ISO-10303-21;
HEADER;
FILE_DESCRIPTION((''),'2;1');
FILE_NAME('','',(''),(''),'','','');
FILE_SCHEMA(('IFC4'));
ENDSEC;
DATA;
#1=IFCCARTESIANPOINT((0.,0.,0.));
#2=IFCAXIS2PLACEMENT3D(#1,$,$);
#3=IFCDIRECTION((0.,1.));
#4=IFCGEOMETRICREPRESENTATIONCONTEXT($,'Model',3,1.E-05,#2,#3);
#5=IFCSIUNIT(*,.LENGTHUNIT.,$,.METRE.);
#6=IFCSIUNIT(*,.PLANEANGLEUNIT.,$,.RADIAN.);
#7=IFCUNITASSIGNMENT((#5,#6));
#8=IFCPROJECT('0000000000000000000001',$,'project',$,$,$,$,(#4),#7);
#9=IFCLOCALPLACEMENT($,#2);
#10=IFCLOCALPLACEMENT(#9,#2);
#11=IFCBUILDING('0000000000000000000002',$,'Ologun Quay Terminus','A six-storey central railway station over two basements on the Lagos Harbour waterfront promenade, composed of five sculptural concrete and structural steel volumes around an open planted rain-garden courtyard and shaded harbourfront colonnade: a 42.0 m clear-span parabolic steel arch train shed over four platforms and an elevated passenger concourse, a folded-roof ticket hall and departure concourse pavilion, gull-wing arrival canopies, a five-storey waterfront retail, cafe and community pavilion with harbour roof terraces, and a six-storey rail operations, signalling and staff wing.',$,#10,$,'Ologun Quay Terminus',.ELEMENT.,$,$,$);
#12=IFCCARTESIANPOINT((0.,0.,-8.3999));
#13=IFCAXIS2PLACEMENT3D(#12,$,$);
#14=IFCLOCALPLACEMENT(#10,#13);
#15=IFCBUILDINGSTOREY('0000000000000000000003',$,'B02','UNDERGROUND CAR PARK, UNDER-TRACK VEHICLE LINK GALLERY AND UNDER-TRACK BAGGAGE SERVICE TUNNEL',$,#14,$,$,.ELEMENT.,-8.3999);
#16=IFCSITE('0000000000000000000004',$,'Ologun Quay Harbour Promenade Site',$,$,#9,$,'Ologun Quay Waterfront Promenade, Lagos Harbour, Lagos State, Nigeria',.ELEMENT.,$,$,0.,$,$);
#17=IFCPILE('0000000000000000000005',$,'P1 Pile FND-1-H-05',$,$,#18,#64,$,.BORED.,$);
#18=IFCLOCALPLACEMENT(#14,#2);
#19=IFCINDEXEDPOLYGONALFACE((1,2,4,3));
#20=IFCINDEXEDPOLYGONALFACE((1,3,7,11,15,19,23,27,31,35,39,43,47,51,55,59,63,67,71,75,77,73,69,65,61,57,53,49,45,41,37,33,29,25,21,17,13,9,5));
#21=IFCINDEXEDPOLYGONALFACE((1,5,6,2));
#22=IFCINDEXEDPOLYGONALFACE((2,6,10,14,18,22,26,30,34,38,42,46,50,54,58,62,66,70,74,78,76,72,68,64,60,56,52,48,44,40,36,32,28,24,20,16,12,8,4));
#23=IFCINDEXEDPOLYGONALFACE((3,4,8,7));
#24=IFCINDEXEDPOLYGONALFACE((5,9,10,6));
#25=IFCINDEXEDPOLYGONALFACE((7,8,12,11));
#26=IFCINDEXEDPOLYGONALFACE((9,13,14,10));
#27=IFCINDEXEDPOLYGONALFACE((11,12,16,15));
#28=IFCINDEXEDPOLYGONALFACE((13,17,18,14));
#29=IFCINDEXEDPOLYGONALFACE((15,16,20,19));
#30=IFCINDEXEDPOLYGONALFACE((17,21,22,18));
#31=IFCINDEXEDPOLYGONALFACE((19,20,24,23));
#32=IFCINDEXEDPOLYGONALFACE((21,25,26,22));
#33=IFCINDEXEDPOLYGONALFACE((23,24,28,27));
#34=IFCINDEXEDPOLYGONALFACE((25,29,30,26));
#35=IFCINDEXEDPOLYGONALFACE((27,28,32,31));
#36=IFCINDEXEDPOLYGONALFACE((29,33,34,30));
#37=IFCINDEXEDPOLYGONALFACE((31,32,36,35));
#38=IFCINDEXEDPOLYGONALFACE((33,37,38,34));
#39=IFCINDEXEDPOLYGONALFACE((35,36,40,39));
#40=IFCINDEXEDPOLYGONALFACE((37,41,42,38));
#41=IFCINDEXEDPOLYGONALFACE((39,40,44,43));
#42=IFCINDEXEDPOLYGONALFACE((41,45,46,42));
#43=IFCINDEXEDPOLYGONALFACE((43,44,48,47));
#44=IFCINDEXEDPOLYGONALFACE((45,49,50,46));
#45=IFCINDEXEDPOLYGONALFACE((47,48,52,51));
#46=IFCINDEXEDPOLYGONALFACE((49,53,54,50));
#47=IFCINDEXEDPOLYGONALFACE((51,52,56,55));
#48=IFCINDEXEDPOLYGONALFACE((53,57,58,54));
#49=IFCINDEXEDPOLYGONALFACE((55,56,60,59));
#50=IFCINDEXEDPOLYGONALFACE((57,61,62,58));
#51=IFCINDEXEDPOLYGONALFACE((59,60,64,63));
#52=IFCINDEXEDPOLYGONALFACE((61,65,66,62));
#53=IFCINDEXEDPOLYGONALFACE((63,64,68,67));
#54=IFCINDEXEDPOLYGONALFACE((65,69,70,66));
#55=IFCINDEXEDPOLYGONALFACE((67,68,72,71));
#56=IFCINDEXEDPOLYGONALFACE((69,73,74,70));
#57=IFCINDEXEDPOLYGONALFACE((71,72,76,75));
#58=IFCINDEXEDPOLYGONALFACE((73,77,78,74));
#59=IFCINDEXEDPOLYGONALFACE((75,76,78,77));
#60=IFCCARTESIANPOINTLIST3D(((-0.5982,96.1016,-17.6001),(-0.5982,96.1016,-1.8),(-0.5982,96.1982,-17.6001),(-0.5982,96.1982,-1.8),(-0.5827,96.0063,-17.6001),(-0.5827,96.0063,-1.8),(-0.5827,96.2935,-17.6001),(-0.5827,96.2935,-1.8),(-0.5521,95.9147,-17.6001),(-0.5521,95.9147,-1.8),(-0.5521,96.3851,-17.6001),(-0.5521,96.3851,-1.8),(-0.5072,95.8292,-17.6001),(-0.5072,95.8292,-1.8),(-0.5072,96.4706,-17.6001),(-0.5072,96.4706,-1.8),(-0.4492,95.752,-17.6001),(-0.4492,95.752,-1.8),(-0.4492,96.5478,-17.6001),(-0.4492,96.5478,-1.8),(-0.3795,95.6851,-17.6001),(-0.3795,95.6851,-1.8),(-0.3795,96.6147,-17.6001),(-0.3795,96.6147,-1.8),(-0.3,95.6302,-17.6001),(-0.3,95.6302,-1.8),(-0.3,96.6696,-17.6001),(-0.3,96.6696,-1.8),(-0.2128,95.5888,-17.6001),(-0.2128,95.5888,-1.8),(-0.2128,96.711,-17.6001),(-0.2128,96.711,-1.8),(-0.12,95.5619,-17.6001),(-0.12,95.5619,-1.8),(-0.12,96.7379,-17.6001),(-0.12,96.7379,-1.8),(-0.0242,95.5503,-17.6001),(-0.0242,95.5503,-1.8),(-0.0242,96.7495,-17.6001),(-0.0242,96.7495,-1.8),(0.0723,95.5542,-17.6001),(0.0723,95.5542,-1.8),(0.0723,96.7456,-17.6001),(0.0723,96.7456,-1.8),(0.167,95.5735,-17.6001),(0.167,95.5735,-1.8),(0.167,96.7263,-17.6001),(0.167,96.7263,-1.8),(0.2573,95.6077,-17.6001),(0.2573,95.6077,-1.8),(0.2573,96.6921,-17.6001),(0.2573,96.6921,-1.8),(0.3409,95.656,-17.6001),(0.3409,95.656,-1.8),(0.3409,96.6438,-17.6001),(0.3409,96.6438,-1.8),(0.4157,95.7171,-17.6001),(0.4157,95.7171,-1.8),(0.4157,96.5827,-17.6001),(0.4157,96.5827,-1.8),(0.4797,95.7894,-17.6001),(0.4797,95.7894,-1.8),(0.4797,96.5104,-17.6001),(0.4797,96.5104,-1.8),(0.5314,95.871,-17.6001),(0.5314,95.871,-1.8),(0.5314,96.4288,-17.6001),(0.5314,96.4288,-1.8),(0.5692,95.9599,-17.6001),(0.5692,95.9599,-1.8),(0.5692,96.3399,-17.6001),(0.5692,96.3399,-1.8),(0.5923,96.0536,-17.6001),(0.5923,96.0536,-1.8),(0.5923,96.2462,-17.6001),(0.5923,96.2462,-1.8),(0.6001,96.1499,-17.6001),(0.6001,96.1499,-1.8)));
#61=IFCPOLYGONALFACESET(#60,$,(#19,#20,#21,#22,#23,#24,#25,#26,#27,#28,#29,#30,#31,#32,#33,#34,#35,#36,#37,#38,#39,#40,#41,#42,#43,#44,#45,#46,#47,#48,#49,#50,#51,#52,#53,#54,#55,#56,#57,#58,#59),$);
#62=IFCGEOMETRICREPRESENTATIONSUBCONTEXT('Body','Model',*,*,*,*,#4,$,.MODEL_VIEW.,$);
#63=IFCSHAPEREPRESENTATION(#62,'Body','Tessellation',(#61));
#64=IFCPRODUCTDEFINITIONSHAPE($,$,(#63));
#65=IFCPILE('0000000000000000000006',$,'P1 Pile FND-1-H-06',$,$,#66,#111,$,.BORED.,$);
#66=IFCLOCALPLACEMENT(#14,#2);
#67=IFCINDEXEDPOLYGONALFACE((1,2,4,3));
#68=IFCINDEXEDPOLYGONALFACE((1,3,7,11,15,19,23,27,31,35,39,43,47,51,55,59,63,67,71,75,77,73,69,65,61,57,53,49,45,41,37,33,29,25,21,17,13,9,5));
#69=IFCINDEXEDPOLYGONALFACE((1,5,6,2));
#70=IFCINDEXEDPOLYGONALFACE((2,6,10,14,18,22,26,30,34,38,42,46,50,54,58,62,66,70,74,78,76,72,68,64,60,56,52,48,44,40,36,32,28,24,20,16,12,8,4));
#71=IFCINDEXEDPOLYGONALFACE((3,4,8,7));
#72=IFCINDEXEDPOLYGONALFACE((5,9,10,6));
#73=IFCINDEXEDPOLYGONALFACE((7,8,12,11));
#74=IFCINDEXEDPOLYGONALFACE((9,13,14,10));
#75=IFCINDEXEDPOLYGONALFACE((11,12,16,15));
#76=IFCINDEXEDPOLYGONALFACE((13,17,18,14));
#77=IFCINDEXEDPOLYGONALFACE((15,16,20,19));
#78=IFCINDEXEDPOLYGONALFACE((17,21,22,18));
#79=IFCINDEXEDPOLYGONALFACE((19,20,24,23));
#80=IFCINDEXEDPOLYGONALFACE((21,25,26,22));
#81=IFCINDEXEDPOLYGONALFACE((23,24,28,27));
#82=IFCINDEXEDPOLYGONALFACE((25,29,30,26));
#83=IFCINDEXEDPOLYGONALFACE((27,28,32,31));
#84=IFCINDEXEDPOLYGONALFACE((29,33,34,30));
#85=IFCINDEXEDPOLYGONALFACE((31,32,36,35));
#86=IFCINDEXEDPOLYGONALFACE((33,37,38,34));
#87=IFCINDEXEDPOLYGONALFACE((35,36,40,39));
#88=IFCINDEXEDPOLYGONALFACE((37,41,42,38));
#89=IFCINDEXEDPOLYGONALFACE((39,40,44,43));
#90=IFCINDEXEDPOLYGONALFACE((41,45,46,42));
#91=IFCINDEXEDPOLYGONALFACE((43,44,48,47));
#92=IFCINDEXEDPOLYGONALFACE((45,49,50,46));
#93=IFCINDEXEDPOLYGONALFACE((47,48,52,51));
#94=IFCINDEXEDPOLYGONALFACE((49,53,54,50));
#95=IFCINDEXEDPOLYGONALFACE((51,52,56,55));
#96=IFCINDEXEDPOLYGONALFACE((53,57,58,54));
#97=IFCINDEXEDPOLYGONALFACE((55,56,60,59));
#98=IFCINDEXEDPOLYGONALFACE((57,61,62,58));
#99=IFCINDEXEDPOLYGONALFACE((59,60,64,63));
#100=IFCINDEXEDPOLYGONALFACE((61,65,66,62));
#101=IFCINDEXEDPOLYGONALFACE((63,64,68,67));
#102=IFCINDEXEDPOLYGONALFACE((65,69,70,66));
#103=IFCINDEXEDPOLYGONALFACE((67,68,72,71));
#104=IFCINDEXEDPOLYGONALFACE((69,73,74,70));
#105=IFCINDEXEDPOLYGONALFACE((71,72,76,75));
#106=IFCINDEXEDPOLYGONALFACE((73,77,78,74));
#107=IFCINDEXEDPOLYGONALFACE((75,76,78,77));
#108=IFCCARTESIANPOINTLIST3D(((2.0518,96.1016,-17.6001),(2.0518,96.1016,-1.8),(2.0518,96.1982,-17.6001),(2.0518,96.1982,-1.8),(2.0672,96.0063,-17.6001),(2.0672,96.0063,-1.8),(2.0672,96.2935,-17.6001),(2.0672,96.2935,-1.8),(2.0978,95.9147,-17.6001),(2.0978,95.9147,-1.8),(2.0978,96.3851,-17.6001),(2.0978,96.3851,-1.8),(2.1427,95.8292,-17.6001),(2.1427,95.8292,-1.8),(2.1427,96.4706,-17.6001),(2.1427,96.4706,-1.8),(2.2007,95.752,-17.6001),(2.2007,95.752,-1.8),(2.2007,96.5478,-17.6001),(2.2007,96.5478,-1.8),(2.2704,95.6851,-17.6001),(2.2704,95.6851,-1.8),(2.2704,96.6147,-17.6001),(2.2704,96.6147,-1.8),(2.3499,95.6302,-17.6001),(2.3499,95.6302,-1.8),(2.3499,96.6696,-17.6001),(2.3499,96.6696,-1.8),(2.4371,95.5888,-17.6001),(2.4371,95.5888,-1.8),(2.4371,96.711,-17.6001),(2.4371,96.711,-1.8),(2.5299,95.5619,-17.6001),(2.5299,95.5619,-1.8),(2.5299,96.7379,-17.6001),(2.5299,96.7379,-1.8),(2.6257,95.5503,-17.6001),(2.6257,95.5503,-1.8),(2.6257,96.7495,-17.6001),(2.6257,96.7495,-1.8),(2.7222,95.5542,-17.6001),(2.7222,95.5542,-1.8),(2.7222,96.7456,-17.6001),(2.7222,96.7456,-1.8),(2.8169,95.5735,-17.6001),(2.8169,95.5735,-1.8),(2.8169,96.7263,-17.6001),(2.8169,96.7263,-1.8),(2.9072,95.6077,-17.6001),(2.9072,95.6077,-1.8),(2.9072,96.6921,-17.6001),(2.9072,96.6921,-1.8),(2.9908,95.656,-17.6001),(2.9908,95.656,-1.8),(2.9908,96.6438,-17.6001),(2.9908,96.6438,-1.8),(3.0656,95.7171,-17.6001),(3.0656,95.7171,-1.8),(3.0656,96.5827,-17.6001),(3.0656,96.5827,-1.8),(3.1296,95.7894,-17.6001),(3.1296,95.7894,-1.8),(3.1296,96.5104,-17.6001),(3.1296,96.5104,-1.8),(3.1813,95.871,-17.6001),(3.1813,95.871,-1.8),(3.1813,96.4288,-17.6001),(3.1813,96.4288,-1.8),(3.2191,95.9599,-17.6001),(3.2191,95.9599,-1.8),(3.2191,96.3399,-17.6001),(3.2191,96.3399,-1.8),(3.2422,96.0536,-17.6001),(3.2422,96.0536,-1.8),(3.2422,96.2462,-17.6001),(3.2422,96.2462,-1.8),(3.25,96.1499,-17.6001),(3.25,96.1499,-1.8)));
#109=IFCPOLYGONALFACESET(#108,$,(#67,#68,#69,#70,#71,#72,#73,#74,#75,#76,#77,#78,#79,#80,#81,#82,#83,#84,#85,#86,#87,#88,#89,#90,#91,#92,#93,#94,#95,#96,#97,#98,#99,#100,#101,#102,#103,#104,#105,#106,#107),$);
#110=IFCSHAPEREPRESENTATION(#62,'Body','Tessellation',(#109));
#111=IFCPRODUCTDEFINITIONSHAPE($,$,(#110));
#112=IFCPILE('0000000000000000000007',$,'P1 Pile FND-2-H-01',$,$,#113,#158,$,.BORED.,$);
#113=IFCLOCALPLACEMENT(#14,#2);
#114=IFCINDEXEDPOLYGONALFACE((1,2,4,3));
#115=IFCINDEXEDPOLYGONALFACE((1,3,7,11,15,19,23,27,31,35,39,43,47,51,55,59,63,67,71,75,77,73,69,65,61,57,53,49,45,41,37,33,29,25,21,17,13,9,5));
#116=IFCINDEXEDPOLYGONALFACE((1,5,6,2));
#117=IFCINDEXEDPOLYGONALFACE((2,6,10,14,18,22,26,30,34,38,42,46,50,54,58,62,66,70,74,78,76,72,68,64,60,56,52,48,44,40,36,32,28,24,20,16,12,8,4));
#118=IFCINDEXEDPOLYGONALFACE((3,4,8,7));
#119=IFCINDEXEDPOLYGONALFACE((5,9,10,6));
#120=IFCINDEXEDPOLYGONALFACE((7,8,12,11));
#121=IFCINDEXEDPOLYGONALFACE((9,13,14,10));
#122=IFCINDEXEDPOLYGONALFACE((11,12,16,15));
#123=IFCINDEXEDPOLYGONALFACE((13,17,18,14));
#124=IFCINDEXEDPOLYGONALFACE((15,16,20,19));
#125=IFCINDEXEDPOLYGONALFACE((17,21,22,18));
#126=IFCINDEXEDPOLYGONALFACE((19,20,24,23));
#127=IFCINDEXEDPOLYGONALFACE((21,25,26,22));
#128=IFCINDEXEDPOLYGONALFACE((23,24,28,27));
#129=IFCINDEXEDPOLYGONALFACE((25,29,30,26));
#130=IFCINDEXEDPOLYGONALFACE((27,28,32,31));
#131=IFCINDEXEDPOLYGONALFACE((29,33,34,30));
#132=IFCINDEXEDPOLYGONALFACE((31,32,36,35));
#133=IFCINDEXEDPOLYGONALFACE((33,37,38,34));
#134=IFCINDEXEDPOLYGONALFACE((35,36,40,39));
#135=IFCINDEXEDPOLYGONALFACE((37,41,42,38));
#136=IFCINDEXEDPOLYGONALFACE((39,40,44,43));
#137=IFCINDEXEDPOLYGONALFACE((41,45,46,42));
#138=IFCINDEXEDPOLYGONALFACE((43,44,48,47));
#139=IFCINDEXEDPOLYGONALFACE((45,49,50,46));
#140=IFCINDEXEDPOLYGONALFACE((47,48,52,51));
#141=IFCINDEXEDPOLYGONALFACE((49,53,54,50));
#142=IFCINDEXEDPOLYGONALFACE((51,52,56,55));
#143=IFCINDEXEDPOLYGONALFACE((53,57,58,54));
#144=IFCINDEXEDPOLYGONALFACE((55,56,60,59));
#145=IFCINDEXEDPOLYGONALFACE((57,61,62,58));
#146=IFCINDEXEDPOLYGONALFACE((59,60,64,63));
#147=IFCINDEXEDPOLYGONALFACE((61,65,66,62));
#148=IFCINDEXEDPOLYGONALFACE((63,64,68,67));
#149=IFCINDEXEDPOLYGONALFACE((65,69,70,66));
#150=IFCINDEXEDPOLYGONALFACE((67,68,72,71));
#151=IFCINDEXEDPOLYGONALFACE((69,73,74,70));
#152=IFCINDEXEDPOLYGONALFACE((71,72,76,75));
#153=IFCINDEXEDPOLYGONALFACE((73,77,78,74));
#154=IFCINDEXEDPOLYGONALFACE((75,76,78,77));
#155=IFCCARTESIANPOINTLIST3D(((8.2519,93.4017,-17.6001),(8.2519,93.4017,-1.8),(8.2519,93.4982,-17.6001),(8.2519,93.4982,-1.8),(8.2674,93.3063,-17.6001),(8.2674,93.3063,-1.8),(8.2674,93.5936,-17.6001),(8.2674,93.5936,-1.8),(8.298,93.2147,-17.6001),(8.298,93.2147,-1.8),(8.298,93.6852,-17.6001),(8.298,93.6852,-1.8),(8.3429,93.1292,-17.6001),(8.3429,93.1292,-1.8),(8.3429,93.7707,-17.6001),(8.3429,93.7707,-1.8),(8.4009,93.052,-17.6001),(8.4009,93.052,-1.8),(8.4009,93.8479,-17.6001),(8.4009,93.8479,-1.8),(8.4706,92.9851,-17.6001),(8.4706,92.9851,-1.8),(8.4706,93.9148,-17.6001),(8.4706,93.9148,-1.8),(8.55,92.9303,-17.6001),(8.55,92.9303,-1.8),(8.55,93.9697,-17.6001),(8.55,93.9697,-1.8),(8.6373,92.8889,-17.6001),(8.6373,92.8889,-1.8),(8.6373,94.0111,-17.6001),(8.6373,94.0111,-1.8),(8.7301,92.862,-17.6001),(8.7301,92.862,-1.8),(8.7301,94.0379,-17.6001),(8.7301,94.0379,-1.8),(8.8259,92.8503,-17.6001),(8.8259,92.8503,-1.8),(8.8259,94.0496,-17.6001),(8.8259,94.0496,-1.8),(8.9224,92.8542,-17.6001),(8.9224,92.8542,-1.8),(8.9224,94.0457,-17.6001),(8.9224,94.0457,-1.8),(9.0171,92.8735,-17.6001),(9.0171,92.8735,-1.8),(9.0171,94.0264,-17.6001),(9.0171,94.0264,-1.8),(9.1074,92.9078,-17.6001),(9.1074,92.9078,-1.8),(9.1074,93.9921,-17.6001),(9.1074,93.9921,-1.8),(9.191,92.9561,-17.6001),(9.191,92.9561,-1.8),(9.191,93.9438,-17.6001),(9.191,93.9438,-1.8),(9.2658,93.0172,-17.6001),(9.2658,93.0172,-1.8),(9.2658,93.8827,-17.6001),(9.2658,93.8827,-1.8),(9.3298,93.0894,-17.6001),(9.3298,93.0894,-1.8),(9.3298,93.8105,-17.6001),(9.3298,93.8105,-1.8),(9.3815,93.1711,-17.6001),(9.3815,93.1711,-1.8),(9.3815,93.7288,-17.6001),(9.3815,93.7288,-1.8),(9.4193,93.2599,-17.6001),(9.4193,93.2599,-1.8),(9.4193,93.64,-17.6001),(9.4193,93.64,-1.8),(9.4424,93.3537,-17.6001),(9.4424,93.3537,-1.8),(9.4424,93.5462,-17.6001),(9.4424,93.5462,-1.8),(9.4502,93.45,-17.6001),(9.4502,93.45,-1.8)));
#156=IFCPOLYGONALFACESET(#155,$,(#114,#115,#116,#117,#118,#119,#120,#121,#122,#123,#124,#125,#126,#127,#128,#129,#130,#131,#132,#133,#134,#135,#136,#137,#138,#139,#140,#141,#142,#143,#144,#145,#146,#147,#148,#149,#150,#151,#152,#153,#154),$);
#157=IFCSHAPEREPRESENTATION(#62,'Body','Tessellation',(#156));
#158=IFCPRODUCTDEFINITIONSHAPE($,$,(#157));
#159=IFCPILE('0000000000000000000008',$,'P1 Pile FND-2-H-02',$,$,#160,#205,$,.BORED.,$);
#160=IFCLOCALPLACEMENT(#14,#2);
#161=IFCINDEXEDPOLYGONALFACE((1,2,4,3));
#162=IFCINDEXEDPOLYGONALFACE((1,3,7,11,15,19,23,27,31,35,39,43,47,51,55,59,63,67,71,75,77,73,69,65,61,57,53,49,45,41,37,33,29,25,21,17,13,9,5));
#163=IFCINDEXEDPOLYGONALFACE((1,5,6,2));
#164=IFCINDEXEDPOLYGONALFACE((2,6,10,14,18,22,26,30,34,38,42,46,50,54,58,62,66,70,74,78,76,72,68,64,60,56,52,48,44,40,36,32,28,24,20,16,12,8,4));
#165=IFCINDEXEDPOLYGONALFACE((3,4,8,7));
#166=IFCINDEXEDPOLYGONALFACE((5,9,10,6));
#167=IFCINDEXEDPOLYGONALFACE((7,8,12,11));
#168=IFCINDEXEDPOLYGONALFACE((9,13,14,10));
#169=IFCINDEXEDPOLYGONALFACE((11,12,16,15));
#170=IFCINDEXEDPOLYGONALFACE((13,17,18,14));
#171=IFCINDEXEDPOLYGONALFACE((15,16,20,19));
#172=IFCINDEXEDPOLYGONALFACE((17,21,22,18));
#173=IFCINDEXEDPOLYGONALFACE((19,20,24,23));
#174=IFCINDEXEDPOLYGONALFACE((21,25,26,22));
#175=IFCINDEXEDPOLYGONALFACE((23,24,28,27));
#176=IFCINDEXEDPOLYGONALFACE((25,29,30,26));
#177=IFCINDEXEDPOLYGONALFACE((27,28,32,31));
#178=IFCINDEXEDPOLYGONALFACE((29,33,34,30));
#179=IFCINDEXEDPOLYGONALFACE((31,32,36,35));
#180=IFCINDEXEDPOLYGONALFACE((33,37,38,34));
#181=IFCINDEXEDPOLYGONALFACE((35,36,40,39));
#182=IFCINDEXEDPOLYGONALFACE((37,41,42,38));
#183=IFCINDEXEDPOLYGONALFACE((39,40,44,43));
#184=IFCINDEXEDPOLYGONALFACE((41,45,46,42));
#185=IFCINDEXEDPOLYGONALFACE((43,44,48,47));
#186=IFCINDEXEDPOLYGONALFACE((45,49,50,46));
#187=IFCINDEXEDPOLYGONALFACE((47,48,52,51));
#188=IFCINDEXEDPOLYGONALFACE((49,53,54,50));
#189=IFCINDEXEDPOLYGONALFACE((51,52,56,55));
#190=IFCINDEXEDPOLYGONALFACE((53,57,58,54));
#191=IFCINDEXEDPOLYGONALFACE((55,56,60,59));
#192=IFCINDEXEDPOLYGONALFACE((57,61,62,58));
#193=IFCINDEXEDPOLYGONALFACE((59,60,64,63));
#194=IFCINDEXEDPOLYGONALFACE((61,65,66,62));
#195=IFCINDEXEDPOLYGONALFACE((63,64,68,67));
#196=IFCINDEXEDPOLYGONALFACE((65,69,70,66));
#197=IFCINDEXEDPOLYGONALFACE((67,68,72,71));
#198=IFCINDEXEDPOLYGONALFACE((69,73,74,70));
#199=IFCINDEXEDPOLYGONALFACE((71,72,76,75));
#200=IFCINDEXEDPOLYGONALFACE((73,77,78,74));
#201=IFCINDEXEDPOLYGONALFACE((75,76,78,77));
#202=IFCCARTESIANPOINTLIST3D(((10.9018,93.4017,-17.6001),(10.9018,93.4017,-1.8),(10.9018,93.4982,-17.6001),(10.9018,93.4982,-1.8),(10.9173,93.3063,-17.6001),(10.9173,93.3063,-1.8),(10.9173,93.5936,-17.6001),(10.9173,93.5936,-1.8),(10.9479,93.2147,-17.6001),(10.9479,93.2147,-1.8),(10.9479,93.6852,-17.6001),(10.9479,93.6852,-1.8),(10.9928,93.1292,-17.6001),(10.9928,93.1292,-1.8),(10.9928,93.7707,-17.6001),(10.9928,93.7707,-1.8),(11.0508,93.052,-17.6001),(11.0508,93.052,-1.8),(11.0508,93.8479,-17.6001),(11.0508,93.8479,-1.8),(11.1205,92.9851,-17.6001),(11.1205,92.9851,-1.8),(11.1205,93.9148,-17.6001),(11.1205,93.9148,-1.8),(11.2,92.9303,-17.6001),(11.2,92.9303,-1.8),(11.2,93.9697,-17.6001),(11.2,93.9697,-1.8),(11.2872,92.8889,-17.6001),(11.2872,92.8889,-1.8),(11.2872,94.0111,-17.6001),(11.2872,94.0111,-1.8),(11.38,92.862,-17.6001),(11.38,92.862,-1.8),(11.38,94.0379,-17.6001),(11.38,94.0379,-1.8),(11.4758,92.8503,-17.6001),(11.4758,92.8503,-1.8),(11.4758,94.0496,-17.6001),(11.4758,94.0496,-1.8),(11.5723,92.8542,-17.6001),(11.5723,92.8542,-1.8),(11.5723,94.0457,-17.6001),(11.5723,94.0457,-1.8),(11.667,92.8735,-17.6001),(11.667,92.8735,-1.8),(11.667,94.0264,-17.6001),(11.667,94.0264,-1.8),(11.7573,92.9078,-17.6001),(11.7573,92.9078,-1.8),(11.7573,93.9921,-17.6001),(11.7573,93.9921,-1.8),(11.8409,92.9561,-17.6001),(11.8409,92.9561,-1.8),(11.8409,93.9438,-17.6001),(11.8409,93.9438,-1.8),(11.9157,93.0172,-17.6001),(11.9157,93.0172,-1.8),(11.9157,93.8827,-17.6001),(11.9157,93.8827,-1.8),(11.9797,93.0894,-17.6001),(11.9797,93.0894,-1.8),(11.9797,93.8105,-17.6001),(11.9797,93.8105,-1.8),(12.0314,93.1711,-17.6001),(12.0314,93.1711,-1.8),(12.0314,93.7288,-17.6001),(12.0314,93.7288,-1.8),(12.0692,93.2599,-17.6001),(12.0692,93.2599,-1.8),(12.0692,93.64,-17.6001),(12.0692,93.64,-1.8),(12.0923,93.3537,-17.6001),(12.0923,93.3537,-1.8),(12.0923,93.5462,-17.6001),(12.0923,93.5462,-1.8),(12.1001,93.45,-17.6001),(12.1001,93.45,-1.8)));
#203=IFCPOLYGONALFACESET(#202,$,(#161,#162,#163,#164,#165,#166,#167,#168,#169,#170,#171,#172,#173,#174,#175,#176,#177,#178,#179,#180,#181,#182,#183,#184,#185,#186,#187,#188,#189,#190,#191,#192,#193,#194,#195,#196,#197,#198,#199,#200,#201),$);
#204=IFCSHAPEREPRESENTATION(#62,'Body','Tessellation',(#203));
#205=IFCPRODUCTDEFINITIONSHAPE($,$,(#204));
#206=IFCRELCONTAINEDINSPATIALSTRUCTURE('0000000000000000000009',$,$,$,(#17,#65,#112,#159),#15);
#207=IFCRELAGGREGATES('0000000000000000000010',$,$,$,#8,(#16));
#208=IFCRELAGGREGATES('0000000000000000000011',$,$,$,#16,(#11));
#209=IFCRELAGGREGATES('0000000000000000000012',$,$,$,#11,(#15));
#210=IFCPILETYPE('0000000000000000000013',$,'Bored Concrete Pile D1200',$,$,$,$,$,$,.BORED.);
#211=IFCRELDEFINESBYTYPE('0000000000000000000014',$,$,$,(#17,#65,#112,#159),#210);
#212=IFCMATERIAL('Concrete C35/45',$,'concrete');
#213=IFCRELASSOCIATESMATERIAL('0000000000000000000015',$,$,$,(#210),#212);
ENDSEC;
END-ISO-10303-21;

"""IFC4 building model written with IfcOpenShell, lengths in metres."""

from ifc_helpers import new_model, si_unit, direction, frame, origin, origin_2d, place, context, subcontext, project, spatial, circle, extrude, material, material_profile, profile_set, type_object, element, save


model = new_model("IFC4")

# Units and contexts
model_context = context("Model", 3, precision=1e-05, world=origin(), true_north=direction((0.0, 1.0)))
body_context = subcontext(model_context, "Body", "Model", "MODEL_VIEW")
ifc_project = project(units=[si_unit("LENGTHUNIT", "METRE"), si_unit("PLANEANGLEUNIT", "RADIAN")], contexts=[model_context])

# Site, building, storey
site_placement = place(None, origin())
site = spatial("IfcSite", under=ifc_project, at=site_placement, Name="Ologun Quay Harbour Promenade Site", LongName="Ologun Quay Waterfront Promenade, Lagos Harbour, Lagos State, Nigeria", CompositionType="ELEMENT", RefElevation=0.0)
building_placement = place(site_placement, origin())
building = spatial("IfcBuilding", under=site, at=building_placement, Name="Ologun Quay Terminus", Description="A six-storey central railway station over two basements on the Lagos Harbour waterfront promenade, composed of five sculptural concrete and structural steel volumes around an open planted rain-garden courtyard and shaded harbourfront colonnade: a 42.0 m clear-span parabolic steel arch train shed over four platforms and an elevated passenger concourse, a folded-roof ticket hall and departure concourse pavilion, gull-wing arrival canopies, a five-storey waterfront retail, cafe and community pavilion with harbour roof terraces, and a six-storey rail operations, signalling and staff wing.", LongName="Ologun Quay Terminus", CompositionType="ELEMENT")
storey_placement = place(building_placement, frame((0.0, 0.0, -8.3999)))
storey = spatial("IfcBuildingStorey", under=building, at=storey_placement, Name="B02", Description="UNDERGROUND CAR PARK, UNDER-TRACK VEHICLE LINK GALLERY AND UNDER-TRACK BAGGAGE SERVICE TUNNEL", CompositionType="ELEMENT", Elevation=-8.3999)

# Piles
ifc_material_1 = material(Name="Concrete C35/45", Category="concrete")
ifc_material_profile_1 = material_profile(ifc_material_1, circle(Radius=0.6001, at=origin_2d()), Name="PILE D1200")
ifc_profile_set_1 = profile_set([ifc_material_profile_1], Name="Concrete C35/45")
pile_type = type_object("IfcPileType", Name="Bored Concrete Pile D1200", PredefinedType="BORED", material=ifc_profile_set_1)
for number, where, z_axis, x_axis, name in (
    (1, (0.0, 96.1499, -1.8), (0.0, 0.0, -1.0), (1.0, 0.0, 0.0), "P1 Pile FND-1-H-05"),
    (2, (2.6499, 96.1499, -1.8), (0.0, 0.0, -1.0), (1.0, 0.0, 0.0), "P1 Pile FND-1-H-06"),
    (3, (8.8501, 93.45, -1.8), (0.0, 0.0, -1.0), (1.0, 0.0, 0.0), "P1 Pile FND-2-H-01"),
    (4, (11.5, 93.45, -1.8), (0.0, 0.0, -1.0), (1.0, 0.0, 0.0), "P1 Pile FND-2-H-02"),
):
    element("IfcPile", number, at=place(storey_placement, frame(where, z_axis=z_axis, x_axis=x_axis)), inside=storey, type_object=pile_type, Name=name, PredefinedType="BORED", context=body_context, shape_type="SweptSolid", body=[
        extrude(circle(Radius=0.6001, at=origin_2d()), origin(), (0.0, 0.0, 1.0), 15.8),
    ])

save(model, "model.ifc")
